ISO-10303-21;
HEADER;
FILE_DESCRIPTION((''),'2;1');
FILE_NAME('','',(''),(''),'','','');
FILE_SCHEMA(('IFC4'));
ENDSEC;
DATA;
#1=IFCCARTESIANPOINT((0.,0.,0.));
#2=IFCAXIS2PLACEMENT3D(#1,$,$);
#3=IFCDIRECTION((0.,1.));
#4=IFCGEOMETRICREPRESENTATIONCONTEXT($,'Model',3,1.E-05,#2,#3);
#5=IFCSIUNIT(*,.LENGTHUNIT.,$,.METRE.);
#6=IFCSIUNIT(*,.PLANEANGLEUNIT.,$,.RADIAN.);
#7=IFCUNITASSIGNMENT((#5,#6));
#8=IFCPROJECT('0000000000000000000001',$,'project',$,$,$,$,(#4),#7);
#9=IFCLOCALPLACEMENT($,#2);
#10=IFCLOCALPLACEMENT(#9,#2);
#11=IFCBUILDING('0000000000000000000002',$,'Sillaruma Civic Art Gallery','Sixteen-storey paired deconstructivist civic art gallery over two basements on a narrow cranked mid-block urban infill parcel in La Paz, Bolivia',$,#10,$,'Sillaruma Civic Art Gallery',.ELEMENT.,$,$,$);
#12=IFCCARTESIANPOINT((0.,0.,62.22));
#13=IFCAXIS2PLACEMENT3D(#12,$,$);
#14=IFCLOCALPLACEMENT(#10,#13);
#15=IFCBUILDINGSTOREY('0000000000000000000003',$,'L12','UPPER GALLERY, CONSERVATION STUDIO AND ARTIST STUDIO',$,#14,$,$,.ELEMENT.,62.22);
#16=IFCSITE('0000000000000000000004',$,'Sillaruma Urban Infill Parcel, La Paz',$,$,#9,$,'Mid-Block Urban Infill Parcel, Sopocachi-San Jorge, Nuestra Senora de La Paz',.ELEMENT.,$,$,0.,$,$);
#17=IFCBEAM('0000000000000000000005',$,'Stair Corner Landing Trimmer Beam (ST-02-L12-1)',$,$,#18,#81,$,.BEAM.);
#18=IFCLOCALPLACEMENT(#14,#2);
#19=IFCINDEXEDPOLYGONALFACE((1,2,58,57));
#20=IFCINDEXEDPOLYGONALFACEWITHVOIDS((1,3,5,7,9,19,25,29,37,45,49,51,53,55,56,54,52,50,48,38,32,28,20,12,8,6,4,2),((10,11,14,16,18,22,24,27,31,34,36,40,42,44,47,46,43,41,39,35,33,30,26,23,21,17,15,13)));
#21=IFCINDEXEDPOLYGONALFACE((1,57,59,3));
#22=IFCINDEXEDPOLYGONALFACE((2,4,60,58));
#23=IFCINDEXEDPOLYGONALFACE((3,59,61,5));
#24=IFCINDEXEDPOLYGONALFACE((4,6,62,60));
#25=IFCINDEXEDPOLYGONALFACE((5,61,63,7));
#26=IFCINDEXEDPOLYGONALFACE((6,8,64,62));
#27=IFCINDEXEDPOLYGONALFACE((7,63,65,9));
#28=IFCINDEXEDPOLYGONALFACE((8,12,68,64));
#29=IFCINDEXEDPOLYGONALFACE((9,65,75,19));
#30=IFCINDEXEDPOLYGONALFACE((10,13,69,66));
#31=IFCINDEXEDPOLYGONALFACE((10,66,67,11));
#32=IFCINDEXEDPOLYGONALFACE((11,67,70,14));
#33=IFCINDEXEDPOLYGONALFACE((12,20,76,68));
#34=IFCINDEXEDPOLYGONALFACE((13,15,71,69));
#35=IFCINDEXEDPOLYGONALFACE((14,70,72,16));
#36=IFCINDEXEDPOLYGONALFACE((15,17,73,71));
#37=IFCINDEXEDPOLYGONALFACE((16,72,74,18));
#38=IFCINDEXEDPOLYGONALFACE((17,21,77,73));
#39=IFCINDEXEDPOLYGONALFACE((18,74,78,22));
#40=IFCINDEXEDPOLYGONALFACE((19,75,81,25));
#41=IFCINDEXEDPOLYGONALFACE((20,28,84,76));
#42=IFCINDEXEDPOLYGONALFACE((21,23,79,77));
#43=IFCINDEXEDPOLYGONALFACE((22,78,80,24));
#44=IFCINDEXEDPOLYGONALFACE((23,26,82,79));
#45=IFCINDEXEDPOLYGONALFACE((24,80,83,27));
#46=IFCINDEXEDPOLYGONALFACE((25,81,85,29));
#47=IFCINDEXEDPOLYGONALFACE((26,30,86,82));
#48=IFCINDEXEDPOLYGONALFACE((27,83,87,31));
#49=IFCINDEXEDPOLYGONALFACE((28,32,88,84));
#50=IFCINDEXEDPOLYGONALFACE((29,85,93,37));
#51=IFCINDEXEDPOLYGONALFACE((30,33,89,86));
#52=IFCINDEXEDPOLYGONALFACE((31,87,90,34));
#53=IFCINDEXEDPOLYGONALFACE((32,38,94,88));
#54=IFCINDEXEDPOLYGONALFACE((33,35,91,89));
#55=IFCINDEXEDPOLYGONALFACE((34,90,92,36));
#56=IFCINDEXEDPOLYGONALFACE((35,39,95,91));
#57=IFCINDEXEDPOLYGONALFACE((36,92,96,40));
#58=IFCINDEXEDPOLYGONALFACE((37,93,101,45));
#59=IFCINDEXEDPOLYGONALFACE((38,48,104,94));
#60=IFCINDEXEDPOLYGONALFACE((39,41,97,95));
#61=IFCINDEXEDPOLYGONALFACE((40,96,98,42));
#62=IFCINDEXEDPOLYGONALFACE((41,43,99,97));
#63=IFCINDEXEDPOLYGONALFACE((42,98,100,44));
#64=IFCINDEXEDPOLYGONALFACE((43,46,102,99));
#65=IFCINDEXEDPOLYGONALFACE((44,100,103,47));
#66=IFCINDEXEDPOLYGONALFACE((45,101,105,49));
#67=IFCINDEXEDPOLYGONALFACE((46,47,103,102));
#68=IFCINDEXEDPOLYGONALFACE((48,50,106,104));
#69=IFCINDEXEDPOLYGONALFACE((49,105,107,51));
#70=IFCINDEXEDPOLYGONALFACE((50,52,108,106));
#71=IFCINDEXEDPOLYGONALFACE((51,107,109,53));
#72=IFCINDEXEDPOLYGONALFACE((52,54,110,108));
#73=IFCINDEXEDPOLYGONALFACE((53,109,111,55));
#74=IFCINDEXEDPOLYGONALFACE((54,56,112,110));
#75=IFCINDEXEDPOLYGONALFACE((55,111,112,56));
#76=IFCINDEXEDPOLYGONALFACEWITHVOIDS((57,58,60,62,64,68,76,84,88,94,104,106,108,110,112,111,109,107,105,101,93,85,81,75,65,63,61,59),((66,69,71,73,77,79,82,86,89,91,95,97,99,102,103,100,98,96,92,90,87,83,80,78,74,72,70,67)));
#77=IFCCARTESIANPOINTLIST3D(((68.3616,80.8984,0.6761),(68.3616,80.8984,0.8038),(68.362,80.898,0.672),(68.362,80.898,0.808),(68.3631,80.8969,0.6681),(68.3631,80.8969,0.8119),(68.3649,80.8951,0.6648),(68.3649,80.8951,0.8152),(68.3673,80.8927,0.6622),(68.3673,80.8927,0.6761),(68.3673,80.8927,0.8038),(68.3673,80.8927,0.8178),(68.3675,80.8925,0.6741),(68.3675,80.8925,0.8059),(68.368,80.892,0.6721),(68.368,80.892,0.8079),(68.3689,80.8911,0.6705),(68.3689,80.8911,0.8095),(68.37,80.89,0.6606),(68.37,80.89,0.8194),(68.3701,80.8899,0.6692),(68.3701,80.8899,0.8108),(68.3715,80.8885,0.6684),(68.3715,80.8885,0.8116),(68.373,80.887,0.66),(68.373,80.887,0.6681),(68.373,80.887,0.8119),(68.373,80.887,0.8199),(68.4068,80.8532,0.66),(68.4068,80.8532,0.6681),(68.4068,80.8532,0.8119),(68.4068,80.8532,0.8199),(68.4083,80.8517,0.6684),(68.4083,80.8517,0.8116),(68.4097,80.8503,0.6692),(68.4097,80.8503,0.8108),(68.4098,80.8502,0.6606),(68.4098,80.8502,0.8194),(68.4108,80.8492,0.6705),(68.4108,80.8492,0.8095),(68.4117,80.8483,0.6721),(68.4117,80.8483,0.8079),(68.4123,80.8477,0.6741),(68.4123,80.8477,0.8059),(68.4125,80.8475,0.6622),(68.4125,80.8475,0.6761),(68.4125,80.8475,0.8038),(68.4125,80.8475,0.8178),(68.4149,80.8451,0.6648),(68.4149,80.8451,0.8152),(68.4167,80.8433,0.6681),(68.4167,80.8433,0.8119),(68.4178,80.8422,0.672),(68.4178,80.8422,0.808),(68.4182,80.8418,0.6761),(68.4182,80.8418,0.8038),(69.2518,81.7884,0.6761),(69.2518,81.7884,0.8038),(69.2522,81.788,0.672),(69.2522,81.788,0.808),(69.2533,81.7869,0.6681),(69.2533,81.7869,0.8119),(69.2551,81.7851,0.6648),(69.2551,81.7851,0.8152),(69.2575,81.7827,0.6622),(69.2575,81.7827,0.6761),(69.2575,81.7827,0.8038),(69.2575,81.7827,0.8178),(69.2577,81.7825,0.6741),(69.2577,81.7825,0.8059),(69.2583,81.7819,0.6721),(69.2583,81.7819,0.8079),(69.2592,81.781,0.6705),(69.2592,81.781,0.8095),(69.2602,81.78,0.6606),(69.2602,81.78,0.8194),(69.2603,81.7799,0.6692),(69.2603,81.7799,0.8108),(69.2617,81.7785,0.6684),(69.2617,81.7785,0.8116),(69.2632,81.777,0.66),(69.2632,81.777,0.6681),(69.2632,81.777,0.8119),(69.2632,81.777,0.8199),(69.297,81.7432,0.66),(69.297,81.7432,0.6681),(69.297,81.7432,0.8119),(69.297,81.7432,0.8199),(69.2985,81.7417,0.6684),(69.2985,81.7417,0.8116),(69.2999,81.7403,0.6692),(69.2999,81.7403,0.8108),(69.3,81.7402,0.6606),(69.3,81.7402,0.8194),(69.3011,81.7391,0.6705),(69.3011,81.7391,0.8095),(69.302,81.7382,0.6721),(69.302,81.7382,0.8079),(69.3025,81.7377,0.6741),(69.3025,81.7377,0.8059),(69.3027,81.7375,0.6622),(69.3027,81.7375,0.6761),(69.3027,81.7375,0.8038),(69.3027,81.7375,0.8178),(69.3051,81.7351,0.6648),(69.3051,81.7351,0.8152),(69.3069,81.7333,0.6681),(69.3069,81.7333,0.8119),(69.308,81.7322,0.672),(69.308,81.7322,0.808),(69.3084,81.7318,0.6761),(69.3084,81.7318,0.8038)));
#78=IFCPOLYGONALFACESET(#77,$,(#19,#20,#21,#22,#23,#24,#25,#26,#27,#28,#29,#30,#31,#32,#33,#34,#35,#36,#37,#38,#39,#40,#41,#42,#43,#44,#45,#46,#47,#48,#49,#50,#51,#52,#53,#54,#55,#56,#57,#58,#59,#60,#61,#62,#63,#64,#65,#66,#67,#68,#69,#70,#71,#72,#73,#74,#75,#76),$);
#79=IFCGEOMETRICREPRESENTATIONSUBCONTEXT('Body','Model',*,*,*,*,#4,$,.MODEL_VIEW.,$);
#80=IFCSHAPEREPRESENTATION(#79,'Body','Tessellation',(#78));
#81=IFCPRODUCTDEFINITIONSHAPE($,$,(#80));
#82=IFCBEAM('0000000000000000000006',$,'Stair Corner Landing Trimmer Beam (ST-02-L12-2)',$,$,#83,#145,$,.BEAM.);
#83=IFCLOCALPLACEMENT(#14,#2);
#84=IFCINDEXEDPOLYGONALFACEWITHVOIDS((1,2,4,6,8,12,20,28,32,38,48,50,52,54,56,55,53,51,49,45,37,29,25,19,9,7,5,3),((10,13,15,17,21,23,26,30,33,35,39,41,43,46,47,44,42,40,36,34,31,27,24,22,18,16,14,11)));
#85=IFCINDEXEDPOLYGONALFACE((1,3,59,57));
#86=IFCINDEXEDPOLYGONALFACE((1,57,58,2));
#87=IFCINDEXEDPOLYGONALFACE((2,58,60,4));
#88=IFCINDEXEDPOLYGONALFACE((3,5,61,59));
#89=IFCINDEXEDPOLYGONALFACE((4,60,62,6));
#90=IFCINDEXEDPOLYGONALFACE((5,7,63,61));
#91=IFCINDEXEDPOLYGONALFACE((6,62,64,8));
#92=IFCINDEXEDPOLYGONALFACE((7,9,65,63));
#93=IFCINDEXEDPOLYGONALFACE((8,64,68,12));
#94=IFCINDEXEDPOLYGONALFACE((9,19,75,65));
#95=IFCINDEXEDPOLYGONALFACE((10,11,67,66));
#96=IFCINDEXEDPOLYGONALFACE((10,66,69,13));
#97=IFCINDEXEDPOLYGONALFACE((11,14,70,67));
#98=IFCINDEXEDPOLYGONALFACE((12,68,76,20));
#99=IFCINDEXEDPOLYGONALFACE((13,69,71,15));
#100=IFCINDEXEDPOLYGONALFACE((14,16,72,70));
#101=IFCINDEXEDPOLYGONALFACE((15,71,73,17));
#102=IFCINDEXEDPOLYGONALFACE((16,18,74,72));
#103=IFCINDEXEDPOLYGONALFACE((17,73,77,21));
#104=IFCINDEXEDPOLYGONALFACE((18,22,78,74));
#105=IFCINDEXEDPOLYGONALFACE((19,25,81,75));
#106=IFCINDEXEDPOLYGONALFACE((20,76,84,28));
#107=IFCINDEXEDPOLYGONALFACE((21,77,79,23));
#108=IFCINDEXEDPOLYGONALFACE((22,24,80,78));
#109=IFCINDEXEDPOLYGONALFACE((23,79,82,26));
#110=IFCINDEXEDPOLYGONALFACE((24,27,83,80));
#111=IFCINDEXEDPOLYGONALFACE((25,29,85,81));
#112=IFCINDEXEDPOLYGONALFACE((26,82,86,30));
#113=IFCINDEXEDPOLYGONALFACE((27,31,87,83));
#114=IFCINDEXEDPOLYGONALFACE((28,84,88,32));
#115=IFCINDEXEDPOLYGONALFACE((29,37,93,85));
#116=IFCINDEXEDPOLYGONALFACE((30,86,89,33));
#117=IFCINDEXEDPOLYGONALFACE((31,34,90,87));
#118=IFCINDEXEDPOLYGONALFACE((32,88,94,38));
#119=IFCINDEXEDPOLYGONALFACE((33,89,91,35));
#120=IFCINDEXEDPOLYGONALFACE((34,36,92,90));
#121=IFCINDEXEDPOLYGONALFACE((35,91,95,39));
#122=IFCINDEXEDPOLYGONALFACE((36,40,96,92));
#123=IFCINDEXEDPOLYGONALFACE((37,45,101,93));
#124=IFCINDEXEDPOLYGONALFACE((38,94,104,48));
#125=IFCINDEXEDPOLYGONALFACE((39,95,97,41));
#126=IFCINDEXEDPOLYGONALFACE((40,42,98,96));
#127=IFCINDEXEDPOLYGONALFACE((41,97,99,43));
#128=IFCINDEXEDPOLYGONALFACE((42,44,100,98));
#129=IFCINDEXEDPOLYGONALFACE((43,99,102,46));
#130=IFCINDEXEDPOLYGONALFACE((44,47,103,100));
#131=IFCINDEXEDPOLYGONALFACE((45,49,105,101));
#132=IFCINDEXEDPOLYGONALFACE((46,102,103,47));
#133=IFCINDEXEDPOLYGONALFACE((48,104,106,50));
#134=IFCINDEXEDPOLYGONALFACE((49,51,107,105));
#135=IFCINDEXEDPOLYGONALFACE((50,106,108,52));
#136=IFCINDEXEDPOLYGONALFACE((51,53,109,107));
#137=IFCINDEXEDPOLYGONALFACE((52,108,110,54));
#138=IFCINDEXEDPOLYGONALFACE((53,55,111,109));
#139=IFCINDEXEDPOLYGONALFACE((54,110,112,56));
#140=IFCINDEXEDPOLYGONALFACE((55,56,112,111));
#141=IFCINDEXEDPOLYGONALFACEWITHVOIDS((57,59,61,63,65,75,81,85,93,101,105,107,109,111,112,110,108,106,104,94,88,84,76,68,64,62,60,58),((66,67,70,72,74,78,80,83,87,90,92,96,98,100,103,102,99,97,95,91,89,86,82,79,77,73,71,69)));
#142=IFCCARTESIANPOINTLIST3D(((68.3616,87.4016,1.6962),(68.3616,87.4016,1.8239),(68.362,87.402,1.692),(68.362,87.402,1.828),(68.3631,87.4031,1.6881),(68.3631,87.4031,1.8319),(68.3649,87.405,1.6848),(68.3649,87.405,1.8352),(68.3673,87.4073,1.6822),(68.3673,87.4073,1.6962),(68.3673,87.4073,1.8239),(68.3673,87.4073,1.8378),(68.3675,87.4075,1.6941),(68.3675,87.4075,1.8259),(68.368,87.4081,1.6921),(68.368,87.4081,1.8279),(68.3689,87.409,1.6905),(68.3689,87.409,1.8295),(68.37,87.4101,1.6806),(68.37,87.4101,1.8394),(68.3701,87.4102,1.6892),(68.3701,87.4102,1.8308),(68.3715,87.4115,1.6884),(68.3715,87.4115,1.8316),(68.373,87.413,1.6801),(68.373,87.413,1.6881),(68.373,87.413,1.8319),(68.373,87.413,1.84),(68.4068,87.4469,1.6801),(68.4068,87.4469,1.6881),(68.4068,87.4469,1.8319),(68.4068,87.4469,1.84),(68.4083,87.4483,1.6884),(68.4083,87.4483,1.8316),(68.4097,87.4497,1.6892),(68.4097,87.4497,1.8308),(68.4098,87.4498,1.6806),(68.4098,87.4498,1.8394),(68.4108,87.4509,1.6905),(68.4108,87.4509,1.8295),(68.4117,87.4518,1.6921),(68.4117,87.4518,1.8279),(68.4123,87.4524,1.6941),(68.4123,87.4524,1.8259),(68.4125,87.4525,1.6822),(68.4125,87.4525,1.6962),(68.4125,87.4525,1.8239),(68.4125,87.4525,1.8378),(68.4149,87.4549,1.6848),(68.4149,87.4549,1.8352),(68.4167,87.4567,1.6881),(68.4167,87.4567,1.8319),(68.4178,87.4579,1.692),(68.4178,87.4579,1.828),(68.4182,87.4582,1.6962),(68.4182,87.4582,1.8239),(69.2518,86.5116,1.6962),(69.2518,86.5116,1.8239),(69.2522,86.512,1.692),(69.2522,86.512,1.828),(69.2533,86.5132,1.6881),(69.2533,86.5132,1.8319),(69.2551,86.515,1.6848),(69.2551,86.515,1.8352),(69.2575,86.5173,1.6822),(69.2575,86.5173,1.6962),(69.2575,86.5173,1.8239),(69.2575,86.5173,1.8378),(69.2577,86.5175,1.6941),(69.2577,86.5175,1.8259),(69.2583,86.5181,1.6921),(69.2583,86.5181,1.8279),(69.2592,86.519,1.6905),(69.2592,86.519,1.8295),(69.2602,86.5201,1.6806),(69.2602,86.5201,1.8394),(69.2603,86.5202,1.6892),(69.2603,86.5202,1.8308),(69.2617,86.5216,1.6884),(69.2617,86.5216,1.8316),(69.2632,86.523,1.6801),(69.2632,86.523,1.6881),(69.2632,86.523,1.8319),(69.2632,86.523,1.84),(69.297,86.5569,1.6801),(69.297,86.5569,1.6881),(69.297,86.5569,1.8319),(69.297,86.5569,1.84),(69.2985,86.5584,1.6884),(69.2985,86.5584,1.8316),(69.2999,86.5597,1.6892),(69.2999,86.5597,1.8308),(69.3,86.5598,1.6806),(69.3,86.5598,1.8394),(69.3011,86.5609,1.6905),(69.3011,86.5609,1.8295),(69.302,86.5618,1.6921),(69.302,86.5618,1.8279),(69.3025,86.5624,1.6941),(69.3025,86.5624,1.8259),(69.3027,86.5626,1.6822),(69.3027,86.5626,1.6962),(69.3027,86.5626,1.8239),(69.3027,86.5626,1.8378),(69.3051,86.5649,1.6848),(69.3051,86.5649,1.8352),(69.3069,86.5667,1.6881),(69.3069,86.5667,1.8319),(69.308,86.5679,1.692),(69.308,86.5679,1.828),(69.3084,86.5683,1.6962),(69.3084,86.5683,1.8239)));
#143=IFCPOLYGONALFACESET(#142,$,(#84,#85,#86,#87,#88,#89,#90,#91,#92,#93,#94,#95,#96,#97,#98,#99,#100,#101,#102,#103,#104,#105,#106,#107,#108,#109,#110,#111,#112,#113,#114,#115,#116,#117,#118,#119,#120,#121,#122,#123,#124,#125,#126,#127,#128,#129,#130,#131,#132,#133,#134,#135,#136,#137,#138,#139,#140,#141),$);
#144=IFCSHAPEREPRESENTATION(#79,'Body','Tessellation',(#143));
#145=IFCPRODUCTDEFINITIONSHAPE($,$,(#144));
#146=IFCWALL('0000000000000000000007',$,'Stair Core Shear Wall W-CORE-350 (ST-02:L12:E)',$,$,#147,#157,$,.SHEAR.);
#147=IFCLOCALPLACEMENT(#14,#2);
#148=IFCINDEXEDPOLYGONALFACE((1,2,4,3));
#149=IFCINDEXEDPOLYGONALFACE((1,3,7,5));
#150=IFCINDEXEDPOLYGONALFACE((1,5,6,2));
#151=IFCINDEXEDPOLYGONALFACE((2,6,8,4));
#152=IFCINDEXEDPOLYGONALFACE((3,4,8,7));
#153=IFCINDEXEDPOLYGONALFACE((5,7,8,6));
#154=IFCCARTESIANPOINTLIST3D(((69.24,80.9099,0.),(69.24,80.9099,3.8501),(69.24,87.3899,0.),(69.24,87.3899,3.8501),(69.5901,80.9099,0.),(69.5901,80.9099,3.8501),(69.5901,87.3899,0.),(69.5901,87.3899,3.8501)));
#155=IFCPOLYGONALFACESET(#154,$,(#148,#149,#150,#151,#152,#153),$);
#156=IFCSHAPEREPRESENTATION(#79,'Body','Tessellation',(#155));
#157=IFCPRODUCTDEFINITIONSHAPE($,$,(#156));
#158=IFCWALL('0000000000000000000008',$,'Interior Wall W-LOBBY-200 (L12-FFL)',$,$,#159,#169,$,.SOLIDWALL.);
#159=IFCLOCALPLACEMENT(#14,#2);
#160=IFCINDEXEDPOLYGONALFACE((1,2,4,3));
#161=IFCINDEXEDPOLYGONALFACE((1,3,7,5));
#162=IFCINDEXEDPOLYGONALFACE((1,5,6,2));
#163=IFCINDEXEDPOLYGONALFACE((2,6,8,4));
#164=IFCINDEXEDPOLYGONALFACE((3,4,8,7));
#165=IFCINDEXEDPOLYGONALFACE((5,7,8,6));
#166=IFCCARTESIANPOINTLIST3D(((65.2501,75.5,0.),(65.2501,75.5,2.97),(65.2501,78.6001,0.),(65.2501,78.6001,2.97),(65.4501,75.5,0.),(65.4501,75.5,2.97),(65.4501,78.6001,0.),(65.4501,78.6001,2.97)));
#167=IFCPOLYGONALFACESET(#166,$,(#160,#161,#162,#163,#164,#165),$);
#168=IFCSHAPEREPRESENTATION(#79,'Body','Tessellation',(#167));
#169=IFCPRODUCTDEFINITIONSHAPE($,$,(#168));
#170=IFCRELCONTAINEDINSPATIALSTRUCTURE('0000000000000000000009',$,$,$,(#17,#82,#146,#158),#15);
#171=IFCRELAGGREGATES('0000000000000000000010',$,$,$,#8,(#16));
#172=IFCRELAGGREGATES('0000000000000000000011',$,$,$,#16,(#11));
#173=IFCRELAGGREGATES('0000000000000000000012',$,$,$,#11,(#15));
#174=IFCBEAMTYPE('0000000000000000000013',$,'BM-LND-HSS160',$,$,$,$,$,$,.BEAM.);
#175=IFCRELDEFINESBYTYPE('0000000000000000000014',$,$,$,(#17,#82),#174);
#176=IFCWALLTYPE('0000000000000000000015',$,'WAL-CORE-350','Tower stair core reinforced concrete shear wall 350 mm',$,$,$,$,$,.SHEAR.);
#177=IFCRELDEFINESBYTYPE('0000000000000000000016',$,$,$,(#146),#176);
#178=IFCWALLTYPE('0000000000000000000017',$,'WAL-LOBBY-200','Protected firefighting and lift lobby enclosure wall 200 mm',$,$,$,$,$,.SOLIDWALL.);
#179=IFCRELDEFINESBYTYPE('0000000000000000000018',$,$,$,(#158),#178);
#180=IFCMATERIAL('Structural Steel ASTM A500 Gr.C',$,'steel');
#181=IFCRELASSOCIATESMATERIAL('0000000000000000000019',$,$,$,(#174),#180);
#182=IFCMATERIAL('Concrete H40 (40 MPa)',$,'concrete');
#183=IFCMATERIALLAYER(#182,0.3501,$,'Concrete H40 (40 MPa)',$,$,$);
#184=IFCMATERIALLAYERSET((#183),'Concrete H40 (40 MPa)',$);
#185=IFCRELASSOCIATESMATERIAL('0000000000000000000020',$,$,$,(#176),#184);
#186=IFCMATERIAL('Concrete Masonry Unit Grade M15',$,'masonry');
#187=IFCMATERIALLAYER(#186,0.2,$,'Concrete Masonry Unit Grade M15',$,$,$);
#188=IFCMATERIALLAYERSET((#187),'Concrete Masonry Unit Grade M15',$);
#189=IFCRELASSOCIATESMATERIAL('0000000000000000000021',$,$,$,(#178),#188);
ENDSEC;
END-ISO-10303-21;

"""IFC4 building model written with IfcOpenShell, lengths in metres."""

from ifc_helpers import new_model, si_unit, direction, frame, frame_2d, origin, origin_2d, place, context, subcontext, project, spatial, rectangle, hollow_rectangle, extrude, material, layer, layer_set, material_profile, profile_set, type_object, element, save


model = new_model("IFC4")

# Units and contexts
model_context = context("Model", 3, precision=1e-05, world=origin(), true_north=direction((0.0, 1.0)))
body_context = subcontext(model_context, "Body", "Model", "MODEL_VIEW")
ifc_project = project(units=[si_unit("LENGTHUNIT", "METRE"), si_unit("PLANEANGLEUNIT", "RADIAN")], contexts=[model_context])

# Site, building, storey
site_placement = place(None, origin())
site = spatial("IfcSite", under=ifc_project, at=site_placement, Name="Sillaruma Urban Infill Parcel, La Paz", LongName="Mid-Block Urban Infill Parcel, Sopocachi-San Jorge, Nuestra Senora de La Paz", CompositionType="ELEMENT", RefElevation=0.0)
building_placement = place(site_placement, origin())
building = spatial("IfcBuilding", under=site, at=building_placement, Name="Sillaruma Civic Art Gallery", Description="Sixteen-storey paired deconstructivist civic art gallery over two basements on a narrow cranked mid-block urban infill parcel in La Paz, Bolivia", LongName="Sillaruma Civic Art Gallery", CompositionType="ELEMENT")
storey_placement = place(building_placement, frame((0.0, 0.0, 62.22)))
storey = spatial("IfcBuildingStorey", under=building, at=storey_placement, Name="L12", Description="UPPER GALLERY, CONSERVATION STUDIO AND ARTIST STUDIO", CompositionType="ELEMENT", Elevation=62.22)

# Shared definitions
ifc_material_1 = material(Name="Concrete H40 (40 MPa)", Category="concrete")

# Beams
ifc_material_2 = material(Name="Structural Steel ASTM A500 Gr.C", Category="steel")
ifc_material_profile_1 = material_profile(ifc_material_2, hollow_rectangle(XDim=0.0801, YDim=0.1599, WallThickness=0.0081, InnerFilletRadius=0.0081, OuterFilletRadius=0.0161, at=origin_2d()), Name="HSS160x80x8")
ifc_profile_set_1 = profile_set([ifc_material_profile_1], Name="Structural Steel ASTM A500 Gr.C")
beam_type_1 = type_object("IfcBeamType", Name="BM-LND-HSS160", PredefinedType="BEAM", material=ifc_profile_set_1)
for number, where, z_axis, x_axis, name in (
    (1, (68.3899, 80.8701, 0.74), (0.707204, 0.70701, 0.0), (-0.70701, 0.707204, 0.0), "Stair Corner Landing Trimmer Beam (ST-02-L12-1)"),
    (2, (68.3899, 87.4299, 1.76), (0.707204, -0.70701, 0.0), (0.70701, 0.707204, 0.0), "Stair Corner Landing Trimmer Beam (ST-02-L12-2)"),
):
    element("IfcBeam", number, at=place(storey_placement, frame(where, z_axis=z_axis, x_axis=x_axis)), inside=storey, type_object=beam_type_1, Name=name, PredefinedType="BEAM", context=body_context, shape_type="SweptSolid", body=[
        extrude(hollow_rectangle(XDim=0.0801, YDim=0.1599, WallThickness=0.0081, InnerFilletRadius=0.0081, OuterFilletRadius=0.0161, at=origin_2d()), origin(), (0.0, 0.0, 1.0), 1.2588),
    ])

# Walls
ifc_layer_1 = layer(ifc_material_1, 0.3501, Name="Concrete H40 (40 MPa)")
ifc_layer_set_1 = layer_set([ifc_layer_1], Name="Concrete H40 (40 MPa)")
wall_type_1 = type_object("IfcWallType", Name="WAL-CORE-350", Description="Tower stair core reinforced concrete shear wall 350 mm", PredefinedType="SHEAR", material=ifc_layer_set_1)
wall_1_placement = place(storey_placement, frame((69.415, 80.9099, 0.0), z_axis=(0.0, 0.0, 1.0), x_axis=(0.0, 1.0, 0.0)))
element("IfcWall", 3, at=wall_1_placement, inside=storey, type_object=wall_type_1, Name="Stair Core Shear Wall W-CORE-350 (ST-02:L12:E)", PredefinedType="SHEAR", context=body_context, shape_type="SweptSolid", body=[
    extrude(rectangle(XDim=6.48, YDim=0.3501, at=frame_2d((3.24, 0.0))), origin(), (0.0, 0.0, 1.0), 3.8501),
])
ifc_material_3 = material(Name="Concrete Masonry Unit Grade M15", Category="masonry")
ifc_layer_2 = layer(ifc_material_3, 0.2, Name="Concrete Masonry Unit Grade M15")
ifc_layer_set_2 = layer_set([ifc_layer_2], Name="Concrete Masonry Unit Grade M15")
wall_type_2 = type_object("IfcWallType", Name="WAL-LOBBY-200", Description="Protected firefighting and lift lobby enclosure wall 200 mm", PredefinedType="SOLIDWALL", material=ifc_layer_set_2)
wall_2_placement = place(storey_placement, frame((65.3501, 75.5, 0.0), z_axis=(0.0, 0.0, 1.0), x_axis=(0.0, 1.0, 0.0)))
element("IfcWall", 4, at=wall_2_placement, inside=storey, type_object=wall_type_2, Name="Interior Wall W-LOBBY-200 (L12-FFL)", PredefinedType="SOLIDWALL", context=body_context, shape_type="SweptSolid", body=[
    extrude(rectangle(XDim=3.1001, YDim=0.2, at=frame_2d((1.55, 0.0))), origin(), (0.0, 0.0, 1.0), 2.97),
])

save(model, "model.ifc")
